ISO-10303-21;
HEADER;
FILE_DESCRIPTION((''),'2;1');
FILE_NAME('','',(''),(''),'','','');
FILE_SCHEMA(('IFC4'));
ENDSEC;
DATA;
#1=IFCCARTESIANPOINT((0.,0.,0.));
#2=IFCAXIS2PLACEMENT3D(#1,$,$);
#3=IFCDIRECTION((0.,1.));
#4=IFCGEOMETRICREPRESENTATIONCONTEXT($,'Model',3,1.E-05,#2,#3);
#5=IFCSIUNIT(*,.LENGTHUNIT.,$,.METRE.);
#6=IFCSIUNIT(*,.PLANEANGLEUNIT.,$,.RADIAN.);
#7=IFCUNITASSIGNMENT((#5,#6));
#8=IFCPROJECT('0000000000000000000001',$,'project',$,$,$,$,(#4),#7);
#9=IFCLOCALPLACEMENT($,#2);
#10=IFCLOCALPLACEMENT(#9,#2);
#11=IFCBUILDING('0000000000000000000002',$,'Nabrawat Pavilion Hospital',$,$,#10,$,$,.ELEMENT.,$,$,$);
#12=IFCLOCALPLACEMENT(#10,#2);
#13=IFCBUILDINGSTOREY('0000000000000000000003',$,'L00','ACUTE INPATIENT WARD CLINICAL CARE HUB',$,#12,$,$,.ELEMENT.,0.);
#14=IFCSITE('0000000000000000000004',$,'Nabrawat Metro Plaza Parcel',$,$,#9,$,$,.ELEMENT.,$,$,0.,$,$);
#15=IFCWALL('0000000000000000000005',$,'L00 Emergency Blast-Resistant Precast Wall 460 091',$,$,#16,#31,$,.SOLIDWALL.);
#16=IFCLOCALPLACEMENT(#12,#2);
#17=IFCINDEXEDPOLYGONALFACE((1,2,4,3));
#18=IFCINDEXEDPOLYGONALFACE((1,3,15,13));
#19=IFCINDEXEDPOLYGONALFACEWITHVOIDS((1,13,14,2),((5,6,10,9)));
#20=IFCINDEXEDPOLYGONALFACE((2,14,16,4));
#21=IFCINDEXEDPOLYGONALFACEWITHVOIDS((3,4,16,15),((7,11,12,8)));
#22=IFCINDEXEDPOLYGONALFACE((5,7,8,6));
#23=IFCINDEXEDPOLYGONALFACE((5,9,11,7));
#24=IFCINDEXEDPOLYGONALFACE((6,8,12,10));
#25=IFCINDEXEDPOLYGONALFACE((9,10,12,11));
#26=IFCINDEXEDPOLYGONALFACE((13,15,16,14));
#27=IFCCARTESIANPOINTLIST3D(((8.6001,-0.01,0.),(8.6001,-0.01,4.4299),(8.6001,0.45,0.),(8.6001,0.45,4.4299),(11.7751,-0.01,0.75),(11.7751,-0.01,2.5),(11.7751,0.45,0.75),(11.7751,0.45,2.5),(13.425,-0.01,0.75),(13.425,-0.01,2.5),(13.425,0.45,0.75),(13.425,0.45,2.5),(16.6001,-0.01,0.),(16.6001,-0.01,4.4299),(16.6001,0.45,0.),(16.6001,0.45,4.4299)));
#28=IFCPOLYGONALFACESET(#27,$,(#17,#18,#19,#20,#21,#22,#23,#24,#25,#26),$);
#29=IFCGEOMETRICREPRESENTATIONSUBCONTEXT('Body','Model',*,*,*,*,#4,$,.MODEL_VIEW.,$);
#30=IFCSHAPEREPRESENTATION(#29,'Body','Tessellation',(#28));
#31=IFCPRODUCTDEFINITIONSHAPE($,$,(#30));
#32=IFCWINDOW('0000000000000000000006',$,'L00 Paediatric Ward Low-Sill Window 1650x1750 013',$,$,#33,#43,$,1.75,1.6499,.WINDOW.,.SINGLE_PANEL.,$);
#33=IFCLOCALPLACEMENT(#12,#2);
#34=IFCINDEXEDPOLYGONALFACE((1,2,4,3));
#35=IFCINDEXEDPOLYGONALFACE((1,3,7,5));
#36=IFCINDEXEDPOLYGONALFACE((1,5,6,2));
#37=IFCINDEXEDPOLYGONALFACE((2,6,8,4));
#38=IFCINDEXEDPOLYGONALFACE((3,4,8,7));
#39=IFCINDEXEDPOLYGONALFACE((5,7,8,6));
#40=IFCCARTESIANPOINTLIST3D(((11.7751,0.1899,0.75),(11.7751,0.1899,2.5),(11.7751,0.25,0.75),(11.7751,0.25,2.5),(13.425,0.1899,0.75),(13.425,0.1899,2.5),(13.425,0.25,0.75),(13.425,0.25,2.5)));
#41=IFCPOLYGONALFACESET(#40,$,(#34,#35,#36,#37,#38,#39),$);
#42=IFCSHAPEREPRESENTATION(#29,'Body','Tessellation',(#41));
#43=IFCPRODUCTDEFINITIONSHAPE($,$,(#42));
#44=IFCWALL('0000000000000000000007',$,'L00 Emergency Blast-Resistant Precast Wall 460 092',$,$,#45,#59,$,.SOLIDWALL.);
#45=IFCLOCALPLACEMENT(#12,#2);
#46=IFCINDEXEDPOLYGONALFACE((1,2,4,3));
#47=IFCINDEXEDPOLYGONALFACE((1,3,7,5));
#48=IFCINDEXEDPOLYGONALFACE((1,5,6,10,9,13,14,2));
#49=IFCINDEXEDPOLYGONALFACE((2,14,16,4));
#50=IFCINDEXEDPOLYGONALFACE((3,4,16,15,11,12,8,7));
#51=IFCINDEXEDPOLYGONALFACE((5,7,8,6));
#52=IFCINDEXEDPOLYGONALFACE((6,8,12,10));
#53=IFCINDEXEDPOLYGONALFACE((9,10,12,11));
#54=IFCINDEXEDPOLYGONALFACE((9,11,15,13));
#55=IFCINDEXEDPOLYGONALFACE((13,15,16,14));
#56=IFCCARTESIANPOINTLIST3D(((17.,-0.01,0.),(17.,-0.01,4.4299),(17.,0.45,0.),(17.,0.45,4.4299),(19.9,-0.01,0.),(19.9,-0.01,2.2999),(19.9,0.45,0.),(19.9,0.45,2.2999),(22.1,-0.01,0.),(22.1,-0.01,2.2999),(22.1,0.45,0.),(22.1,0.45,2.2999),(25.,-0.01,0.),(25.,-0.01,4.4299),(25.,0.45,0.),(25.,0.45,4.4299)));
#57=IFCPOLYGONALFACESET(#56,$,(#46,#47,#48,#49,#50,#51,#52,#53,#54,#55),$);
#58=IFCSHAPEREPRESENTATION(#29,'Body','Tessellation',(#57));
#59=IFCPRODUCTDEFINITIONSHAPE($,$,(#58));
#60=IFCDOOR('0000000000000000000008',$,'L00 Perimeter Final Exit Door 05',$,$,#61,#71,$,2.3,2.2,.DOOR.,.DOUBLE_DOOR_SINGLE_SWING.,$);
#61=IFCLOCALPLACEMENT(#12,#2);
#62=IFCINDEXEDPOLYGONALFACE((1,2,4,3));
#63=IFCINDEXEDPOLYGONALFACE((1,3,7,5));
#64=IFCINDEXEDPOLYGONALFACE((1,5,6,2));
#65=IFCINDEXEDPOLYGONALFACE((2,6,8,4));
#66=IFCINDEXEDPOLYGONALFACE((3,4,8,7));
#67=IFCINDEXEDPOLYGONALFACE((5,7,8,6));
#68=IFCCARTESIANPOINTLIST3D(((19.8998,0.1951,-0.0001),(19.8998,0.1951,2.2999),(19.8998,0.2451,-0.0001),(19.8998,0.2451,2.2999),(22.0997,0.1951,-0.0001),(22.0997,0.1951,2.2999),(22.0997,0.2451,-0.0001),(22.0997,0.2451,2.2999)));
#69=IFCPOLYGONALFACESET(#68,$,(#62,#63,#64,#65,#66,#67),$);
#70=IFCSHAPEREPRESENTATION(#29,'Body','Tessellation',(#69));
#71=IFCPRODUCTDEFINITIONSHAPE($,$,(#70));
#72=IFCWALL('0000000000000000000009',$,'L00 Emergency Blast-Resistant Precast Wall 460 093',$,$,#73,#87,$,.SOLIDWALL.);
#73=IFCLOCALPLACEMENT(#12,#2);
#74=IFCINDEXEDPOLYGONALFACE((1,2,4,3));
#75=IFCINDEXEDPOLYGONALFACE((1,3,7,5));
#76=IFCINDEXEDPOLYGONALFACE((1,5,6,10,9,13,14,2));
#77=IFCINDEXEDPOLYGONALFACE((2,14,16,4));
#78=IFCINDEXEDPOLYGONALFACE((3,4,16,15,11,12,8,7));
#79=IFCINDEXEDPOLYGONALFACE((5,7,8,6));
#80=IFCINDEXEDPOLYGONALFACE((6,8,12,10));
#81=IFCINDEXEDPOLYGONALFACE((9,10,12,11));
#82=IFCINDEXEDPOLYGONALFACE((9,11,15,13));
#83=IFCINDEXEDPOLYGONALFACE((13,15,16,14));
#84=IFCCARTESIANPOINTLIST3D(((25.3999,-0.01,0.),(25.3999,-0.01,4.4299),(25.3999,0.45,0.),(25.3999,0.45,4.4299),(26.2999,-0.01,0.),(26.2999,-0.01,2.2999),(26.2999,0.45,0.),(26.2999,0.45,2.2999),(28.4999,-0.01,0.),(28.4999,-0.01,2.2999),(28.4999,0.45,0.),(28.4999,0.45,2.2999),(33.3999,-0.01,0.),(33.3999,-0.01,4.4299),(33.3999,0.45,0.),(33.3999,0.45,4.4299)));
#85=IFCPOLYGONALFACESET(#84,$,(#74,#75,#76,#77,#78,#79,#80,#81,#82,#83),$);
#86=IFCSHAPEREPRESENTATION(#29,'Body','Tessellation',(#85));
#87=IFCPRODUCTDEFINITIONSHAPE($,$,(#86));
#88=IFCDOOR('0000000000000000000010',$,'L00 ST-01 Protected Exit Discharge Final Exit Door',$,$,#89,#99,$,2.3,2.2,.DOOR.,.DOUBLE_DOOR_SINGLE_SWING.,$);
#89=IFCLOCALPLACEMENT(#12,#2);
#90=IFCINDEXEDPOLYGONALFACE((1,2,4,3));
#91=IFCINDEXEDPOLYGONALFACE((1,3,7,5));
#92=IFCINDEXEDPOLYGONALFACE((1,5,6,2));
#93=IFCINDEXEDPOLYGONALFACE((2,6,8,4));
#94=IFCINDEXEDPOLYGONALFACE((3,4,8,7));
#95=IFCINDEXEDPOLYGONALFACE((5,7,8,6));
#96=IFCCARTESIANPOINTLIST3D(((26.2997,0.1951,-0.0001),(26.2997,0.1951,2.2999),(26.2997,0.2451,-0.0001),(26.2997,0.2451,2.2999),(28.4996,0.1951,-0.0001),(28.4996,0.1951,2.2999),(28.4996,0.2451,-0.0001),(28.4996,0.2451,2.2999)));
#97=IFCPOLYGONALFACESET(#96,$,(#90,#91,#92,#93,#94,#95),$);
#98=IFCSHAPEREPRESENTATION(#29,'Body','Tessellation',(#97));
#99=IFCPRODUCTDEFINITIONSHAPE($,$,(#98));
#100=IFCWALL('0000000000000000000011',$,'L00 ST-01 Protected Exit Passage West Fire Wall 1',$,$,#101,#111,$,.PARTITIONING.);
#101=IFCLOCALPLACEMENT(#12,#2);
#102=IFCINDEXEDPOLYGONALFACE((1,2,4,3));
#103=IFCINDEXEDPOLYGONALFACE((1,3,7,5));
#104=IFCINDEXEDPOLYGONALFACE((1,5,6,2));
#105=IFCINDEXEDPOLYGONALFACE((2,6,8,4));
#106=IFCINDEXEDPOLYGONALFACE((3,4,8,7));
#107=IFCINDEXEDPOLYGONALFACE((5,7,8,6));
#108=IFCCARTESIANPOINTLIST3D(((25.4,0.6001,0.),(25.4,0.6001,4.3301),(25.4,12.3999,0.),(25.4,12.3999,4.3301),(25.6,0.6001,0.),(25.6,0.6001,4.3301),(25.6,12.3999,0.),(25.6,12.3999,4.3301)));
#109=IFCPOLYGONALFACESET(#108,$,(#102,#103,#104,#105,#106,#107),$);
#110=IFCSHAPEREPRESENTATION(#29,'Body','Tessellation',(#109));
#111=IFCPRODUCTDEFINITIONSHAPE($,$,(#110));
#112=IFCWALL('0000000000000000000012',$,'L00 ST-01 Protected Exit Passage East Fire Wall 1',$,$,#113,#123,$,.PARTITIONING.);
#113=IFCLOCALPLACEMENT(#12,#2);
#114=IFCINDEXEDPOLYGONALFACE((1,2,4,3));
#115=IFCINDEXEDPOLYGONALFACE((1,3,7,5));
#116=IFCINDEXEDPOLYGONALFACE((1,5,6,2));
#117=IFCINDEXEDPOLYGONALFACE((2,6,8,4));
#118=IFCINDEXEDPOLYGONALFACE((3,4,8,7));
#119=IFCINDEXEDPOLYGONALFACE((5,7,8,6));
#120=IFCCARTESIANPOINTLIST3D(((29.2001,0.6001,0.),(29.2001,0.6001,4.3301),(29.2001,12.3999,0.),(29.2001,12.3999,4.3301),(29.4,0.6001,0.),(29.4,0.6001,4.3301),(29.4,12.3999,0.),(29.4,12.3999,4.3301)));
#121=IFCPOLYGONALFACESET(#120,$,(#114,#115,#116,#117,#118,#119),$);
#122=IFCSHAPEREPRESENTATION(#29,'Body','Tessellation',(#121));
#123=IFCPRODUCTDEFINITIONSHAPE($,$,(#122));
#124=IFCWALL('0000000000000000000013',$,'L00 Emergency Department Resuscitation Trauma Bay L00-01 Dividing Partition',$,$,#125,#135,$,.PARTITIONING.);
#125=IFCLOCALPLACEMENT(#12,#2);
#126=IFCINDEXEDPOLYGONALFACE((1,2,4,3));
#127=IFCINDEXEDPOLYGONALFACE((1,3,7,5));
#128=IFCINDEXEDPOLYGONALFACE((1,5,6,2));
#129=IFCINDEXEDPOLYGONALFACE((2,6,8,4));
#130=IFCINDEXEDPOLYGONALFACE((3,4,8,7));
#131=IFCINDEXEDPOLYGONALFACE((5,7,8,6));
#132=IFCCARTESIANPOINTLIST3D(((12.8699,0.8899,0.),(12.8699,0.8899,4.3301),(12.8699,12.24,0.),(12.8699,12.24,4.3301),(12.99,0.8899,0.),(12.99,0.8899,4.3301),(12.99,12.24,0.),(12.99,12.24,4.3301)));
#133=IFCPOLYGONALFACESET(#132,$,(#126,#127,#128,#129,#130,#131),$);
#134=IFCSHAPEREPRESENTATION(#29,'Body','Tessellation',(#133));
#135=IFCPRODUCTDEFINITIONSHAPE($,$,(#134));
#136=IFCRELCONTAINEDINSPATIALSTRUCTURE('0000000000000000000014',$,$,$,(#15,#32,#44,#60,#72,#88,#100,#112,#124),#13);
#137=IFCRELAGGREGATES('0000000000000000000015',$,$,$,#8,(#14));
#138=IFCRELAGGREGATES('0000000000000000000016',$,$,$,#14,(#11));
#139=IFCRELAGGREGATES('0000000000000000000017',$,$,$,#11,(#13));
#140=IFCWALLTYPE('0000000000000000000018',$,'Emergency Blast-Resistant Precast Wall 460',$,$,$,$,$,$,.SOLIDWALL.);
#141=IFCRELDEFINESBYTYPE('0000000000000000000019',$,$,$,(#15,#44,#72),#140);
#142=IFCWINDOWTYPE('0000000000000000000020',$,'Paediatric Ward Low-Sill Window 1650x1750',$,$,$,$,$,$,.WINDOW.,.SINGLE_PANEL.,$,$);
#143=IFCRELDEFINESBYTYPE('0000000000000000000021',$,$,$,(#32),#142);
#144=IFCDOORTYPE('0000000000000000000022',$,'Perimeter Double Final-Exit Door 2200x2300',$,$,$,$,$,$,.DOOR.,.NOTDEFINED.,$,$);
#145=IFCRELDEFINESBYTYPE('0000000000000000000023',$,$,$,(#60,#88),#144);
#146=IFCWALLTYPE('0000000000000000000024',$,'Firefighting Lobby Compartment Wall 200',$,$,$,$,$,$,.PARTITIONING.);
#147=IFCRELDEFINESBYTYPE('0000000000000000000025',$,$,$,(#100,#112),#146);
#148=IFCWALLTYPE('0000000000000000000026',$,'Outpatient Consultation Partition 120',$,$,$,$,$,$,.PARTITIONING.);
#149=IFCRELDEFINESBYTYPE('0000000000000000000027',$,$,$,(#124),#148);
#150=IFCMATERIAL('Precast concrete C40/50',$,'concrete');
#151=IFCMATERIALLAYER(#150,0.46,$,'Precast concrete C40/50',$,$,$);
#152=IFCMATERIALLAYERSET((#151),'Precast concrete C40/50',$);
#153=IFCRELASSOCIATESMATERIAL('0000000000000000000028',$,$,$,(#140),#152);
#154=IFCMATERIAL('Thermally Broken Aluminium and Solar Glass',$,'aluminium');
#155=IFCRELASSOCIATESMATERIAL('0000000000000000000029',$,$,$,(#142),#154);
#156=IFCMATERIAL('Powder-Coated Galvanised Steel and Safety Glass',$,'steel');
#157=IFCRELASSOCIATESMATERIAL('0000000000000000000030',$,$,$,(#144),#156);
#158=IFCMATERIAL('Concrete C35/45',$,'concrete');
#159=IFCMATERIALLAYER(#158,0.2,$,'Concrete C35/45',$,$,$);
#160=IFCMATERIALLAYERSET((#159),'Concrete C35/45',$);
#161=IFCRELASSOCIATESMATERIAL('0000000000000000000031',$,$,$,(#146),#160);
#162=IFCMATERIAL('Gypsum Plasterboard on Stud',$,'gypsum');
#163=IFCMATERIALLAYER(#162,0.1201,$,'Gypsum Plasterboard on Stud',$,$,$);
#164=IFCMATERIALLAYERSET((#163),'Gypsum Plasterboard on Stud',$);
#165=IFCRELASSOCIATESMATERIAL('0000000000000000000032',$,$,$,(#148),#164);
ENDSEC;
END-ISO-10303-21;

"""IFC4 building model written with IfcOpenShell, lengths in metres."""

from ifc_helpers import new_model, si_unit, direction, frame, frame_2d, origin, place, context, subcontext, project, spatial, rectangle, extrude, material, layer, layer_set, type_object, element, fill, save


model = new_model("IFC4")

# Units and contexts
model_context = context("Model", 3, precision=1e-05, world=origin(), true_north=direction((0.0, 1.0)))
body_context = subcontext(model_context, "Body", "Model", "MODEL_VIEW")
ifc_project = project(units=[si_unit("LENGTHUNIT", "METRE"), si_unit("PLANEANGLEUNIT", "RADIAN")], contexts=[model_context])

# Site, building, storey
site_placement = place(None, origin())
site = spatial("IfcSite", under=ifc_project, at=site_placement, Name="Nabrawat Metro Plaza Parcel", CompositionType="ELEMENT", RefElevation=0.0)
building_placement = place(site_placement, origin())
building = spatial("IfcBuilding", under=site, at=building_placement, Name="Nabrawat Pavilion Hospital", CompositionType="ELEMENT")
storey_placement = place(building_placement, origin())
storey = spatial("IfcBuildingStorey", under=building, at=storey_placement, Name="L00", Description="ACUTE INPATIENT WARD CLINICAL CARE HUB", CompositionType="ELEMENT", Elevation=0.0)

# Shared definitions
ifc_material_1 = material(Name="Precast concrete C40/50", Category="concrete")

# Shared definitions
ifc_layer_1 = layer(ifc_material_1, 0.46, Name="Precast concrete C40/50")
ifc_layer_set_1 = layer_set([ifc_layer_1], Name="Precast concrete C40/50")
wall_type_1 = type_object("IfcWallType", Name="Emergency Blast-Resistant Precast Wall 460", PredefinedType="SOLIDWALL", material=ifc_layer_set_1)
ifc_material_2 = material(Name="Powder-Coated Galvanised Steel and Safety Glass", Category="steel")

# Wall, opening, window
wall_1_placement = place(storey_placement, frame((8.6001, 0.22, 0.0), z_axis=(0.0, 0.0, 1.0), x_axis=(1.0, 0.0, 0.0)))
wall_1 = element("IfcWall", 1, at=wall_1_placement, inside=storey, type_object=wall_type_1, Name="L00 Emergency Blast-Resistant Precast Wall 460 091", PredefinedType="SOLIDWALL", context=body_context, shape_type="SweptSolid", body=[
    extrude(rectangle(XDim=8.0, YDim=0.46, at=frame_2d((4.0, 0.0))), origin(), (0.0, 0.0, 1.0), 4.4299),
])
opening_1_placement = place(wall_1_placement, frame((3.175, 0.0, 0.75)))
opening_1 = element("IfcOpeningElement", 2, at=opening_1_placement, cuts=wall_1, PredefinedType="OPENING", context=body_context, shape_type="SweptSolid", body=[
    extrude(rectangle(XDim=1.6499, YDim=1.75, at=frame_2d((0.825, 0.875))), frame((0.0, 0.24, 0.0), z_axis=(0.0, -1.0, 0.0), x_axis=(1.0, 0.0, 0.0)), (0.0, 0.0, 1.0), 0.48),
])
ifc_material_3 = material(Name="Thermally Broken Aluminium and Solar Glass", Category="aluminium")
window_type = type_object("IfcWindowType", Name="Paediatric Ward Low-Sill Window 1650x1750", PartitioningType="SINGLE_PANEL", PredefinedType="WINDOW", material=ifc_material_3)
window_placement = place(opening_1_placement, origin())
window = element("IfcWindow", 3, at=window_placement, inside=storey, type_object=window_type, Name="L00 Paediatric Ward Low-Sill Window 1650x1750 013", OverallHeight=1.75, OverallWidth=1.6499, PartitioningType="SINGLE_PANEL", PredefinedType="WINDOW", context=body_context, shape_type="SweptSolid", body=[
    extrude(rectangle(XDim=1.6499, YDim=1.75, at=frame_2d((0.825, 0.875))), frame((0.0, 0.03, 0.0), z_axis=(0.0, -1.0, 0.0), x_axis=(1.0, 0.0, 0.0)), (0.0, 0.0, 1.0), 0.0601),
])
fill(opening_1, window)

# Walls, openings, doors
wall_2_placement = place(storey_placement, frame((17.0, 0.22, 0.0), z_axis=(0.0, 0.0, 1.0), x_axis=(1.0, 0.0, 0.0)))
wall_2 = element("IfcWall", 4, at=wall_2_placement, inside=storey, type_object=wall_type_1, Name="L00 Emergency Blast-Resistant Precast Wall 460 092", PredefinedType="SOLIDWALL", context=body_context, shape_type="SweptSolid", body=[
    extrude(rectangle(XDim=8.0, YDim=0.46, at=frame_2d((4.0, 0.0))), origin(), (0.0, 0.0, 1.0), 4.4299),
])
opening_2_placement = place(wall_2_placement, frame((2.8999, 0.0, 0.0)))
opening_2 = element("IfcOpeningElement", 5, at=opening_2_placement, cuts=wall_2, PredefinedType="OPENING", context=body_context, shape_type="SweptSolid", body=[
    extrude(rectangle(XDim=2.2, YDim=2.3, at=frame_2d((1.1001, 1.1499))), frame((0.0, 0.24, 0.0), z_axis=(0.0, -1.0, 0.0), x_axis=(1.0, 0.0, 0.0)), (0.0, 0.0, 1.0), 0.48),
])
door_type_1 = type_object("IfcDoorType", Name="Perimeter Double Final-Exit Door 2200x2300", OperationType="NOTDEFINED", PredefinedType="DOOR", material=ifc_material_2)
door_1_placement = place(opening_2_placement, frame((2.2, 0.0, 0.0), z_axis=(0.0, 0.0, 1.0), x_axis=(-1.0, 0.0, 0.0)))
door_1 = element("IfcDoor", 6, at=door_1_placement, inside=storey, type_object=door_type_1, Name="L00 Perimeter Final Exit Door 05", OperationType="DOUBLE_DOOR_SINGLE_SWING", OverallHeight=2.3, OverallWidth=2.2, PredefinedType="DOOR", context=body_context, shape_type="SweptSolid", body=[
    extrude(rectangle(XDim=2.2, YDim=2.3, at=frame_2d((1.1001, 1.1499))), frame((0.0, 0.0249, 0.0), z_axis=(0.0, -1.0, 0.0), x_axis=(1.0, 0.0, 0.0)), (0.0, 0.0, 1.0), 0.05),
])
fill(opening_2, door_1)
wall_3_placement = place(storey_placement, frame((25.3999, 0.22, 0.0), z_axis=(0.0, 0.0, 1.0), x_axis=(1.0, 0.0, 0.0)))
wall_3 = element("IfcWall", 7, at=wall_3_placement, inside=storey, type_object=wall_type_1, Name="L00 Emergency Blast-Resistant Precast Wall 460 093", PredefinedType="SOLIDWALL", context=body_context, shape_type="SweptSolid", body=[
    extrude(rectangle(XDim=8.0, YDim=0.46, at=frame_2d((4.0, 0.0))), origin(), (0.0, 0.0, 1.0), 4.4299),
])
opening_3_placement = place(wall_3_placement, frame((0.8999, 0.0, 0.0)))
opening_3 = element("IfcOpeningElement", 8, at=opening_3_placement, cuts=wall_3, PredefinedType="OPENING", context=body_context, shape_type="SweptSolid", body=[
    extrude(rectangle(XDim=2.2, YDim=2.3, at=frame_2d((1.1001, 1.1499))), frame((0.0, 0.24, 0.0), z_axis=(0.0, -1.0, 0.0), x_axis=(1.0, 0.0, 0.0)), (0.0, 0.0, 1.0), 0.48),
])
door_2_placement = place(opening_3_placement, frame((2.2, 0.0, 0.0), z_axis=(0.0, 0.0, 1.0), x_axis=(-1.0, 0.0, 0.0)))
door_2 = element("IfcDoor", 9, at=door_2_placement, inside=storey, type_object=door_type_1, Name="L00 ST-01 Protected Exit Discharge Final Exit Door", OperationType="DOUBLE_DOOR_SINGLE_SWING", OverallHeight=2.3, OverallWidth=2.2, PredefinedType="DOOR", context=body_context, shape_type="SweptSolid", body=[
    extrude(rectangle(XDim=2.2, YDim=2.3, at=frame_2d((1.1001, 1.1499))), frame((0.0, 0.0249, 0.0), z_axis=(0.0, -1.0, 0.0), x_axis=(1.0, 0.0, 0.0)), (0.0, 0.0, 1.0), 0.05),
])
fill(opening_3, door_2)

# Walls
ifc_material_4 = material(Name="Concrete C35/45", Category="concrete")
ifc_layer_2 = layer(ifc_material_4, 0.2, Name="Concrete C35/45")
ifc_layer_set_2 = layer_set([ifc_layer_2], Name="Concrete C35/45")
wall_type_2 = type_object("IfcWallType", Name="Firefighting Lobby Compartment Wall 200", PredefinedType="PARTITIONING", material=ifc_layer_set_2)
for number, where, z_axis, x_axis, name in (
    (10, (25.5, 0.6001, 0.0), (0.0, 0.0, 1.0), (0.0, 1.0, 0.0), "L00 ST-01 Protected Exit Passage West Fire Wall 1"),
    (11, (29.3, 0.6001, 0.0), (0.0, 0.0, 1.0), (0.0, 1.0, 0.0), "L00 ST-01 Protected Exit Passage East Fire Wall 1"),
):
    element("IfcWall", number, at=place(storey_placement, frame(where, z_axis=z_axis, x_axis=x_axis)), inside=storey, type_object=wall_type_2, Name=name, PredefinedType="PARTITIONING", context=body_context, shape_type="SweptSolid", body=[
        extrude(rectangle(XDim=11.7998, YDim=0.2, at=frame_2d((5.8999, 0.0))), origin(), (0.0, 0.0, 1.0), 4.3301),
    ])
ifc_material_5 = material(Name="Gypsum Plasterboard on Stud", Category="gypsum")
ifc_layer_3 = layer(ifc_material_5, 0.1201, Name="Gypsum Plasterboard on Stud")
ifc_layer_set_3 = layer_set([ifc_layer_3], Name="Gypsum Plasterboard on Stud")
wall_type_3 = type_object("IfcWallType", Name="Outpatient Consultation Partition 120", PredefinedType="PARTITIONING", material=ifc_layer_set_3)
wall_4_placement = place(storey_placement, frame((12.9299, 0.8899, 0.0), z_axis=(0.0, 0.0, 1.0), x_axis=(0.0, 1.0, 0.0)))
element("IfcWall", 12, at=wall_4_placement, inside=storey, type_object=wall_type_3, Name="L00 Emergency Department Resuscitation Trauma Bay L00-01 Dividing Partition", PredefinedType="PARTITIONING", context=body_context, shape_type="SweptSolid", body=[
    extrude(rectangle(XDim=11.3501, YDim=0.1201, at=frame_2d((5.675, 0.0))), origin(), (0.0, 0.0, 1.0), 4.3301),
])

save(model, "model.ifc")
